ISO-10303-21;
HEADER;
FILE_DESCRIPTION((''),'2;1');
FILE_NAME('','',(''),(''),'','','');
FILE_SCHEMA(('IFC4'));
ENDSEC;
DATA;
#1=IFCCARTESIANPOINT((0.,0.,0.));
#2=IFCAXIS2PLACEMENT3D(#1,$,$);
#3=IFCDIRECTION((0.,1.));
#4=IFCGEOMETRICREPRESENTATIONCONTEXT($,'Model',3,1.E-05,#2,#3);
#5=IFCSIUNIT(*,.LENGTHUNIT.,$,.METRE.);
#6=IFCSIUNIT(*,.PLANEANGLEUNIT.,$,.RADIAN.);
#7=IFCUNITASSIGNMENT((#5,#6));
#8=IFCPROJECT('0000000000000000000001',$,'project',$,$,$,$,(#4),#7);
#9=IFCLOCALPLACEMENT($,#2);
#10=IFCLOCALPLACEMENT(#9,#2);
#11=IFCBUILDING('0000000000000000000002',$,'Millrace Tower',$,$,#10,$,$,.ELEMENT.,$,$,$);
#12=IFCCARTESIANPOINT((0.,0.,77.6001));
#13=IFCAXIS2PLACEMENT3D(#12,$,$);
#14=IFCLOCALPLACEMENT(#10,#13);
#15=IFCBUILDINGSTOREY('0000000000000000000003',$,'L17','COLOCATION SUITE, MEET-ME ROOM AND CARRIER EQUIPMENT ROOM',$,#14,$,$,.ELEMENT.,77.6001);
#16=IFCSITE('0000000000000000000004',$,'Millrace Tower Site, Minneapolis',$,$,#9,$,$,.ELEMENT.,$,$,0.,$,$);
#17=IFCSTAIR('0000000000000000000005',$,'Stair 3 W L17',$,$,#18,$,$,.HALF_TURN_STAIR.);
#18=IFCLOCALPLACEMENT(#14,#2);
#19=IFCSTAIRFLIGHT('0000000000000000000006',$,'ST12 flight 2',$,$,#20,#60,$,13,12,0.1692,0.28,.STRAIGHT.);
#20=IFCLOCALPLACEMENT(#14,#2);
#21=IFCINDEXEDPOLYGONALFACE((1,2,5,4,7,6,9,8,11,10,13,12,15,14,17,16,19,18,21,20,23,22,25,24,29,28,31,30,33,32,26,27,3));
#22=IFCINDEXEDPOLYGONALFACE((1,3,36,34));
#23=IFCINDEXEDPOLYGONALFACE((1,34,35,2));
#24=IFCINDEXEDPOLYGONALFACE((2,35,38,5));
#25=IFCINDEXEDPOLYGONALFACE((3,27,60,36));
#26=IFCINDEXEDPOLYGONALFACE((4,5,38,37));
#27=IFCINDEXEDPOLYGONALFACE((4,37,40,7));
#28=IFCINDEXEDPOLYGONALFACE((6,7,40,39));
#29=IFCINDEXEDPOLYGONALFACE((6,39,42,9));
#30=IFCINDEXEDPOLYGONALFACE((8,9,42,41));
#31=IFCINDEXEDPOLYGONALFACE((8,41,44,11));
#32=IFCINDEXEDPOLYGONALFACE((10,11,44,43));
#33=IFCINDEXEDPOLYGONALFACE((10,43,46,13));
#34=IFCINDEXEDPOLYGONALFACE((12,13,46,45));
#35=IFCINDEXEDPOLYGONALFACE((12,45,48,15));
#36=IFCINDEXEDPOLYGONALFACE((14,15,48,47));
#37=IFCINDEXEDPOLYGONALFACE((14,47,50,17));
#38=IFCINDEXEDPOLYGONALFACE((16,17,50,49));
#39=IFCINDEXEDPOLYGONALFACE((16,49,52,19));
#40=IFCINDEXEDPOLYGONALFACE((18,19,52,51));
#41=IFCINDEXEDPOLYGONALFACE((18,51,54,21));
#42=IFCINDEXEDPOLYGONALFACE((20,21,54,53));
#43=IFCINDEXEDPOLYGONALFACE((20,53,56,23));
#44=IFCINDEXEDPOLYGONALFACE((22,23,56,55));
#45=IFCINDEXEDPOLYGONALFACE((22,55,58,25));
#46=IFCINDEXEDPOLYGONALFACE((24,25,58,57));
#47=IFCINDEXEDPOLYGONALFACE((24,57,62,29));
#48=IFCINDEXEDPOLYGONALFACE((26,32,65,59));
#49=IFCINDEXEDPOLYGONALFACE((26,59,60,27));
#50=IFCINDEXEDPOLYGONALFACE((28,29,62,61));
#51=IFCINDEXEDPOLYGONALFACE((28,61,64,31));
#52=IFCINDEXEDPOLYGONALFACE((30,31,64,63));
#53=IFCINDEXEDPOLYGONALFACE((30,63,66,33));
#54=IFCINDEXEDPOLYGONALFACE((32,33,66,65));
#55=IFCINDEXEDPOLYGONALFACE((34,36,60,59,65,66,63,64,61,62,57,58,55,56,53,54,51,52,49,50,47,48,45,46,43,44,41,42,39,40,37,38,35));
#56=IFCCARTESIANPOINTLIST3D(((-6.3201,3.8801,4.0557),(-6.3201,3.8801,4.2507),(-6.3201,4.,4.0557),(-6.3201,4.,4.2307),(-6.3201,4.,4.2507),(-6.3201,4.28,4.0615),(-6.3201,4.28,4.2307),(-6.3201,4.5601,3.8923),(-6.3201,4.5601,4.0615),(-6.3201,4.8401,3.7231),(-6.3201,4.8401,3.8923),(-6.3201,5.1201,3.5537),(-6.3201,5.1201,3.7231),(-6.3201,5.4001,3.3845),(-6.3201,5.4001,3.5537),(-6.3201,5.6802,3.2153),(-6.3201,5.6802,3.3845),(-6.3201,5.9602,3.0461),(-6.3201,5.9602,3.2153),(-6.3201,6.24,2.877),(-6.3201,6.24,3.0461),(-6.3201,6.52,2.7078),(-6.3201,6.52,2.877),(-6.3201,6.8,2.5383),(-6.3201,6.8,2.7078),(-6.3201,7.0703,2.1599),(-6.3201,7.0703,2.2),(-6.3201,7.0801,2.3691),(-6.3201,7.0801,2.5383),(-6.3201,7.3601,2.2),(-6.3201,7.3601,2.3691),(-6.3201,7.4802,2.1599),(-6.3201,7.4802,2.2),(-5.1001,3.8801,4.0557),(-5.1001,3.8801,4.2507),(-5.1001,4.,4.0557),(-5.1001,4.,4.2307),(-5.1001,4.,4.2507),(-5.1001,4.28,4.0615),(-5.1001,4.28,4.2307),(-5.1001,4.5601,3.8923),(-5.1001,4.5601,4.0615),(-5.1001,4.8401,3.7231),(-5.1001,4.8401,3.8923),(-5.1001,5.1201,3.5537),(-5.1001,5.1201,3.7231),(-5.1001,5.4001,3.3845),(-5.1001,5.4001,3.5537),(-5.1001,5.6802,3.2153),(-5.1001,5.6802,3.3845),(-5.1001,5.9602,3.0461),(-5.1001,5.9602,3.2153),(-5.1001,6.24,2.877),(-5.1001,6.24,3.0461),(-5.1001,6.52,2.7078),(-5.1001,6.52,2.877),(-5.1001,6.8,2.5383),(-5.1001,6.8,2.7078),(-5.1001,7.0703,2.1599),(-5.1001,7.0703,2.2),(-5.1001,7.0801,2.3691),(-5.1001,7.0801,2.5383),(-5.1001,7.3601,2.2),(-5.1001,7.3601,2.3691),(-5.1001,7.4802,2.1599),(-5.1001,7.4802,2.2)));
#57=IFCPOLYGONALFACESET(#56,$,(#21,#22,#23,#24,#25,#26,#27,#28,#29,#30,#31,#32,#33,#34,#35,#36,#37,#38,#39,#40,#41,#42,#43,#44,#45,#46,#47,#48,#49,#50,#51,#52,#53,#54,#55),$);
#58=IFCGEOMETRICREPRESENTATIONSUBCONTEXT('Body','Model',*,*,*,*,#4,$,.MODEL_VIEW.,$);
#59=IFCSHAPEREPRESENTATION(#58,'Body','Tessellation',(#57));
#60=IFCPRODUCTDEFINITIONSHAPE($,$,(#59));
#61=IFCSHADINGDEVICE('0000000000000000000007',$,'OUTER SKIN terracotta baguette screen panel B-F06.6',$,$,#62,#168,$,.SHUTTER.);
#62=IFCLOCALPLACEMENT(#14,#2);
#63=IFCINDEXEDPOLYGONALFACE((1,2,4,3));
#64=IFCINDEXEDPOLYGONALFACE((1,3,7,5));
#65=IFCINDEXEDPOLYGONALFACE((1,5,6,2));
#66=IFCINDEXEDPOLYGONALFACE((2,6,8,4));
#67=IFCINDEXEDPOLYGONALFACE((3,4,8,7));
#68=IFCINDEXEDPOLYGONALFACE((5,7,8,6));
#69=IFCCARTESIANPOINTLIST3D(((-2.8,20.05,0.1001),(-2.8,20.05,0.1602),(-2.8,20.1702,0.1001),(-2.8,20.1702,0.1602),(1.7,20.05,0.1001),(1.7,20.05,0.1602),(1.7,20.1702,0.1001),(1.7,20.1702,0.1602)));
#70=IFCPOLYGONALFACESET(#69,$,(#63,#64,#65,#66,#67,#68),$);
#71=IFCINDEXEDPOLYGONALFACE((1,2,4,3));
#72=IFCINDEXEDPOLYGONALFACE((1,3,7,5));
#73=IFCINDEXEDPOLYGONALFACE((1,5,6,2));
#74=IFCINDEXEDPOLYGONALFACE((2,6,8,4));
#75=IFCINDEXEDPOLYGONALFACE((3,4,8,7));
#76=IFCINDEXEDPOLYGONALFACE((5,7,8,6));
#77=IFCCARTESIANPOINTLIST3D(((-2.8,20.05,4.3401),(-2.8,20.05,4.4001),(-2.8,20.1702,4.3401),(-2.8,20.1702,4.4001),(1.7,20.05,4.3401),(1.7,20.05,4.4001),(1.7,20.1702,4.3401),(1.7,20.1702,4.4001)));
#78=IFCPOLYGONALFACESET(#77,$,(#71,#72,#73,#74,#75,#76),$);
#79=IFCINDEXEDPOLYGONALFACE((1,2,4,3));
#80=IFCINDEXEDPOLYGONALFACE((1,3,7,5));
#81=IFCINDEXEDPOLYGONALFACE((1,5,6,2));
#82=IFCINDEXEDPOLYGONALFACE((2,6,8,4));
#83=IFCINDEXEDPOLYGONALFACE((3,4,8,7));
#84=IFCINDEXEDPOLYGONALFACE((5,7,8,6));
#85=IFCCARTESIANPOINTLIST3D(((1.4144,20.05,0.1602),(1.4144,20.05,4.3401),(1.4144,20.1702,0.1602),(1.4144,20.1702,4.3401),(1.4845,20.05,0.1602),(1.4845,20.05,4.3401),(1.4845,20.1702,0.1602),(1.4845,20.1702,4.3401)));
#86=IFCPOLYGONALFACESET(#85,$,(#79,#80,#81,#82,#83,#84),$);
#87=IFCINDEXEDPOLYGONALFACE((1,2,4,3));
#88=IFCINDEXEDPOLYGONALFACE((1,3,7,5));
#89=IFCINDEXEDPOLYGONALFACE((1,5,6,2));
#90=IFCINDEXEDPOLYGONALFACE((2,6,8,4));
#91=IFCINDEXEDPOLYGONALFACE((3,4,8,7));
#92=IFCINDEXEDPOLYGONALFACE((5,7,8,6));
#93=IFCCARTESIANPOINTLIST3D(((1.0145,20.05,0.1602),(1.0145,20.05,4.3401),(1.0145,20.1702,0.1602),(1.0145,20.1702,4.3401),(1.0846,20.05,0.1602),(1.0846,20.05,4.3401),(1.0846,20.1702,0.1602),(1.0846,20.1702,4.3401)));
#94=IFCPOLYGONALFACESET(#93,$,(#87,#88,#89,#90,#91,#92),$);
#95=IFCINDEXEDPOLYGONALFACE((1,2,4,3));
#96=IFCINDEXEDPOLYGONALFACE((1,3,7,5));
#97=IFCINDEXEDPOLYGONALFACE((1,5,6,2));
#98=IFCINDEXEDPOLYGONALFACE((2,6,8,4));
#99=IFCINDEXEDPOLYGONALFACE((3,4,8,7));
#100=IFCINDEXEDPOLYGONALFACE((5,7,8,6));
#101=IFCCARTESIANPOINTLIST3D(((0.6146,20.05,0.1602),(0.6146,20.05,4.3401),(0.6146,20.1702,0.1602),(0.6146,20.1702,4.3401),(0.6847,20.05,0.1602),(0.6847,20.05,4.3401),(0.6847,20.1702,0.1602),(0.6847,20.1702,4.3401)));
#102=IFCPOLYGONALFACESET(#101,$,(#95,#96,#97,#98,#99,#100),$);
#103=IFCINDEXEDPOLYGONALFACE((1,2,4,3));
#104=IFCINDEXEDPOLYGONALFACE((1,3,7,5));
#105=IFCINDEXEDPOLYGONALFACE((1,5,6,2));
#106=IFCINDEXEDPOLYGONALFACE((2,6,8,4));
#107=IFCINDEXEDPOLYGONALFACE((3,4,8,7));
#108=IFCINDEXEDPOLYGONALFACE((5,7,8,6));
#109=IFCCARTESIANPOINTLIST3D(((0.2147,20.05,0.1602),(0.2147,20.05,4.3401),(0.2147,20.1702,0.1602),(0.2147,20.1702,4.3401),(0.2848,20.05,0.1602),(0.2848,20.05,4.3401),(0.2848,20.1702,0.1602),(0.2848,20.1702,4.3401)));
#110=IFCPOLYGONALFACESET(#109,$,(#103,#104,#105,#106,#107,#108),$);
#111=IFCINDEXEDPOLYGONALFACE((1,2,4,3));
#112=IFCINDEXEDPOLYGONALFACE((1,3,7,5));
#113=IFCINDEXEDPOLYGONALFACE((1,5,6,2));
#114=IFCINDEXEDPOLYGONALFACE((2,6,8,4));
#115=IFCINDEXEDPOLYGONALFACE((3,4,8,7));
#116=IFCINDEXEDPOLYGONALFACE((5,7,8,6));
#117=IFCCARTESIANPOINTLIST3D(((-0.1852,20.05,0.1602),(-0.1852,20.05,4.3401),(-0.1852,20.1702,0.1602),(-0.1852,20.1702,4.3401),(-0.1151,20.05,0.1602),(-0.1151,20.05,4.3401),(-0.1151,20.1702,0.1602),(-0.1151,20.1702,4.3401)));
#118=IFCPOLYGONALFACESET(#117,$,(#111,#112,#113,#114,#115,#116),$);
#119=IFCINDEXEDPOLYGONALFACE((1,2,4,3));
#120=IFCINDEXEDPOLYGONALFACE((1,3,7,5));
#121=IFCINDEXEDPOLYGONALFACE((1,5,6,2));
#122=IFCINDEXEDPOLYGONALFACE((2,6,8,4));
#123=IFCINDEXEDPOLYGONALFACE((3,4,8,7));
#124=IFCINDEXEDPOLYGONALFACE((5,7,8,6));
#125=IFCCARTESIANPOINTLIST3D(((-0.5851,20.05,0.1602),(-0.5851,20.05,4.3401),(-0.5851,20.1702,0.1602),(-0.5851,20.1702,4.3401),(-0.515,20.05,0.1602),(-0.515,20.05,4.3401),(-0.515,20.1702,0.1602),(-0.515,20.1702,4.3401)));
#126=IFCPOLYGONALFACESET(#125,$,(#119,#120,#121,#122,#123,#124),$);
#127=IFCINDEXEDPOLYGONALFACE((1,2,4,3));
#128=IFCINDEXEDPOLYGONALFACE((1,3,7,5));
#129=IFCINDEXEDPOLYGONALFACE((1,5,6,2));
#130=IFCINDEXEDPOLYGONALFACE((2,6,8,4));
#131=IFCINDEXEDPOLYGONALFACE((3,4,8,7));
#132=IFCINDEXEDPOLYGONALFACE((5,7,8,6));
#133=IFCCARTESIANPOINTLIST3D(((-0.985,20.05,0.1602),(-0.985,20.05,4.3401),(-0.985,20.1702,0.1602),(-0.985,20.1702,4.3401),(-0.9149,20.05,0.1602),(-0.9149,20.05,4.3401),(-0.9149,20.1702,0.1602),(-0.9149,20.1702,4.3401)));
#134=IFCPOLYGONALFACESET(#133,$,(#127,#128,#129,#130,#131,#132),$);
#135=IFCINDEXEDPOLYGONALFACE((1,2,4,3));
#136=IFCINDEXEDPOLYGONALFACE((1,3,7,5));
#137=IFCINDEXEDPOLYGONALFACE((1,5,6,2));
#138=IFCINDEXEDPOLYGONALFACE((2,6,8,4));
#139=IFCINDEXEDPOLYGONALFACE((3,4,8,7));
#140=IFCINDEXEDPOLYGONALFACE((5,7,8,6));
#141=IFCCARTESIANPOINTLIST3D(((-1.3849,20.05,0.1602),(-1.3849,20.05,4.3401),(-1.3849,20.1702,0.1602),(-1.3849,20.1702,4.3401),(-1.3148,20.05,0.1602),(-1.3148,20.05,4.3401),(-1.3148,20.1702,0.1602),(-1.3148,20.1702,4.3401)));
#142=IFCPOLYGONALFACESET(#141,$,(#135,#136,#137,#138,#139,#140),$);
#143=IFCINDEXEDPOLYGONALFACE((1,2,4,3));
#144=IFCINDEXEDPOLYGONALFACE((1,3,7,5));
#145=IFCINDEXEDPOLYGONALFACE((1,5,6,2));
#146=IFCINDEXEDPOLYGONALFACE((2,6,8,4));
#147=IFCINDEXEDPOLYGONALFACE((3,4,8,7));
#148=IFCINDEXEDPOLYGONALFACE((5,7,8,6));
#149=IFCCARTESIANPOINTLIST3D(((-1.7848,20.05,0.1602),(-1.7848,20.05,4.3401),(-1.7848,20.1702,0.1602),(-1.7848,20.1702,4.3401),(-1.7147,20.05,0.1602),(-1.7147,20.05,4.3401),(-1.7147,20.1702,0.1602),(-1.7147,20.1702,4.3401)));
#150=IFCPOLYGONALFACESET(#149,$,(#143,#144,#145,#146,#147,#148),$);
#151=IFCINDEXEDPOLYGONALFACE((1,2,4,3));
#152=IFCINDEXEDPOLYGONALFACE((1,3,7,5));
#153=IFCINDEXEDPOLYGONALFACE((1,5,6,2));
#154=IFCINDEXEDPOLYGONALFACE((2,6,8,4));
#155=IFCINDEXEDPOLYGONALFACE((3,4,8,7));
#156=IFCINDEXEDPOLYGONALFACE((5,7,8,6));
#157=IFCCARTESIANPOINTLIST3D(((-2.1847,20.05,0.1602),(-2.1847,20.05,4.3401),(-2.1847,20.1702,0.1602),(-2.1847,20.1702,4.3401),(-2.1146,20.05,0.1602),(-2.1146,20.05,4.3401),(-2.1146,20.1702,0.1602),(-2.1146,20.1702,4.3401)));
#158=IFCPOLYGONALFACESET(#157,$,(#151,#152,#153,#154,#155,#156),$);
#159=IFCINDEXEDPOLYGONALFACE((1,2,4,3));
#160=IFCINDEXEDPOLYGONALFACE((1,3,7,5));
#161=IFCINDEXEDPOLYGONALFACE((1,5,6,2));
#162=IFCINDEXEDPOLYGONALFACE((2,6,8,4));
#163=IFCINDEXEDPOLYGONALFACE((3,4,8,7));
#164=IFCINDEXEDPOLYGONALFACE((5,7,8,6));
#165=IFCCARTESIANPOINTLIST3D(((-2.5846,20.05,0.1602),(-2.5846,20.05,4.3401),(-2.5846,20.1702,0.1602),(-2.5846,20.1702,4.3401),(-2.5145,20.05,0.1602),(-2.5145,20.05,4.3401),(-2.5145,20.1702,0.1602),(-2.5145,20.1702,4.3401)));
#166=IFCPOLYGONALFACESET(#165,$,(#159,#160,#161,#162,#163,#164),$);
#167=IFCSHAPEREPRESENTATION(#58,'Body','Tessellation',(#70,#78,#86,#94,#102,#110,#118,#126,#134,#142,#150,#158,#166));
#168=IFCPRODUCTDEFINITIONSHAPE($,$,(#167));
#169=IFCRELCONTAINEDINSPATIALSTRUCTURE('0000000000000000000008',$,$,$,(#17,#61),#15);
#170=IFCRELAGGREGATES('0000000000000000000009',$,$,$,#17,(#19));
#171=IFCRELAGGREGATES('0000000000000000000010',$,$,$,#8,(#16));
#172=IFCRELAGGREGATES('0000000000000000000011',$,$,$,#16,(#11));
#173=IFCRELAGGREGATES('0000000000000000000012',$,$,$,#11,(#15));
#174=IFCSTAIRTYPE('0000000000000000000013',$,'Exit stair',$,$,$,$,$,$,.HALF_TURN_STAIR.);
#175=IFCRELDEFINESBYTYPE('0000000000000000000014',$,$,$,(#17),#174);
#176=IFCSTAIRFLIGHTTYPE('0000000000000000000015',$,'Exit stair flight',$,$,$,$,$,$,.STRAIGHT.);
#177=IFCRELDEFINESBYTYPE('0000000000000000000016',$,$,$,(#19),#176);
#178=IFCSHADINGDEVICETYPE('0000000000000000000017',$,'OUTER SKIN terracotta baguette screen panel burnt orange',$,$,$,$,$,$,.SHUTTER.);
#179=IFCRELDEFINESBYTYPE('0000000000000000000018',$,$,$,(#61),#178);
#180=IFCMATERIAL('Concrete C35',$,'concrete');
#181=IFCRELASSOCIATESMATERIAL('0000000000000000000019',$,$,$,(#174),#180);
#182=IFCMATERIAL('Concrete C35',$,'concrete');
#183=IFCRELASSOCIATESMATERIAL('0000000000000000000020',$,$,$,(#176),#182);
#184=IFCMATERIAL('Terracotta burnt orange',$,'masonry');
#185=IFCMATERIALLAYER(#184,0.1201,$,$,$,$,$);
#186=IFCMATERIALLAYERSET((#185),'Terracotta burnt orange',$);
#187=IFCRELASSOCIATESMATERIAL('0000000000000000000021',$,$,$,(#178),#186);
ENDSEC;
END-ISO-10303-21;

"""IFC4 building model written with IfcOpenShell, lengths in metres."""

from ifc_helpers import new_model, entity, si_unit, direction, frame, frame_2d, origin, origin_2d, place, context, subcontext, project, spatial, polyline, rectangle, outline, extrude, source, transform, mapped, material, layer, layer_set, type_object, element, aggregate, save


model = new_model("IFC4")

# Units and contexts
model_context = context("Model", 3, precision=1e-05, world=origin(), true_north=direction((0.0, 1.0)))
body_context = subcontext(model_context, "Body", "Model", "MODEL_VIEW")
ifc_project = project(units=[si_unit("LENGTHUNIT", "METRE"), si_unit("PLANEANGLEUNIT", "RADIAN")], contexts=[model_context])

# Site, building, storey
site_placement = place(None, origin())
site = spatial("IfcSite", under=ifc_project, at=site_placement, Name="Millrace Tower Site, Minneapolis", CompositionType="ELEMENT", RefElevation=0.0)
building_placement = place(site_placement, origin())
building = spatial("IfcBuilding", under=site, at=building_placement, Name="Millrace Tower", CompositionType="ELEMENT")
storey_placement = place(building_placement, frame((0.0, 0.0, 77.6001)))
storey = spatial("IfcBuildingStorey", under=building, at=storey_placement, Name="L17", Description="COLOCATION SUITE, MEET-ME ROOM AND CARRIER EQUIPMENT ROOM", CompositionType="ELEMENT", Elevation=77.6001)

# Shared definitions
placement = place(storey_placement, origin())

# Shared definitions
ifc_material_1 = material(Name="Concrete C35", Category="concrete")
stair_type = type_object("IfcStairType", Name="Exit stair", PredefinedType="HALF_TURN_STAIR", material=ifc_material_1)
ifc_material_2 = material(Name="Concrete C35", Category="concrete")
stair_flight_type = type_object("IfcStairFlightType", Name="Exit stair flight", PredefinedType="STRAIGHT", material=ifc_material_2)

# Stair, stair flight
stair_1 = element("IfcStair", 1, at=placement, inside=storey, type_object=stair_type, Name="Stair 3 W L17", PredefinedType="HALF_TURN_STAIR")
stair_flight_1_placement = place(storey_placement, frame((-5.71, 7.3601, 2.2), z_axis=(0.0, 0.0, 1.0), x_axis=(0.0, -1.0, 0.0)))
stair_flight_1 = element("IfcStairFlight", 2, at=stair_flight_1_placement, type_object=stair_flight_type, Name="ST12 flight 2", NumberOfRisers=13, NumberOfTreads=12, PredefinedType="STRAIGHT", RiserHeight=0.1692, TreadLength=0.28, context=body_context, shape_type="SweptSolid", body=[
    extrude(outline(polyline([(-0.1201, -0.04), (-0.1201, 0.0), (0.0, 0.0), (0.0, 0.1692), (0.28, 0.1692), (0.28, 0.3384), (0.5601, 0.3384), (0.5601, 0.5078), (0.8401, 0.5078), (0.8401, 0.677), (1.1201, 0.677), (1.1201, 0.8462), (1.3999, 0.8462), (1.3999, 1.0154), (1.6799, 1.0154), (1.6799, 1.1846), (1.96, 1.1846), (1.96, 1.3538), (2.24, 1.3538), (2.24, 1.5232), (2.52, 1.5232), (2.52, 1.6924), (2.8, 1.6924), (2.8, 1.8616), (3.0801, 1.8616), (3.0801, 2.0308), (3.3601, 2.0308), (3.3601, 2.0508), (3.48, 2.0508), (3.48, 1.8557), (3.3601, 1.8557), (0.2898, 0.0), (0.2898, -0.04), (-0.1201, -0.04)])), frame((0.0, 0.6099, 0.0), z_axis=(0.0, -1.0, 0.0), x_axis=(1.0, 0.0, 0.0)), (0.0, 0.0, 1.0), 1.22),
])
aggregate(stair_1, [stair_flight_1])

# Shading device
ifc_material_3 = material(Name="Terracotta burnt orange", Category="masonry")
ifc_layer_1 = layer(ifc_material_3, 0.1201)
ifc_layer_set_1 = layer_set([ifc_layer_1], Name="Terracotta burnt orange")
shading_device_type = type_object("IfcShadingDeviceType", Name="OUTER SKIN terracotta baguette screen panel burnt orange", PredefinedType="SHUTTER", material=ifc_layer_set_1)
cartesian_point = entity("IfcCartesianPoint", [-2.25, 0.0601])
shared_polyline = entity("IfcPolyline", [cartesian_point, entity("IfcCartesianPoint", [2.25, 0.0601]), entity("IfcCartesianPoint", [2.25, -0.0601]), entity("IfcCartesianPoint", [-2.25, -0.0601]), cartesian_point])
shared_shape = source(origin(), body_context, "Body", "SweptSolid", [
    entity("IfcExtrudedAreaSolid", entity("IfcArbitraryClosedProfileDef", "AREA", None, shared_polyline), entity("IfcAxis2Placement3D", entity("IfcCartesianPoint", [0.0, 0.0, 0.0])), entity("IfcDirection", [0.0, 0.0, 1.0]), 0.0601),
    entity("IfcExtrudedAreaSolid", entity("IfcArbitraryClosedProfileDef", "AREA", None, shared_polyline), entity("IfcAxis2Placement3D", entity("IfcCartesianPoint", [0.0, 0.0, 4.24])), entity("IfcDirection", [0.0, 0.0, 1.0]), 0.0601),
    extrude(rectangle(XDim=0.0701, YDim=0.1201, at=frame_2d((-1.9995, 0.0))), frame((0.0, 0.0, 0.0601)), (0.0, 0.0, 1.0), 4.1799),
    extrude(rectangle(XDim=0.0701, YDim=0.1201, at=frame_2d((-1.5996, 0.0))), frame((0.0, 0.0, 0.0601)), (0.0, 0.0, 1.0), 4.1799),
    extrude(rectangle(XDim=0.0701, YDim=0.1201, at=frame_2d((-1.1997, 0.0))), frame((0.0, 0.0, 0.0601)), (0.0, 0.0, 1.0), 4.1799),
    extrude(rectangle(XDim=0.0701, YDim=0.1201, at=frame_2d((-0.7998, 0.0))), frame((0.0, 0.0, 0.0601)), (0.0, 0.0, 1.0), 4.1799),
    extrude(rectangle(XDim=0.0701, YDim=0.1201, at=frame_2d((-0.3999, 0.0))), frame((0.0, 0.0, 0.0601)), (0.0, 0.0, 1.0), 4.1799),
    extrude(rectangle(XDim=0.0701, YDim=0.1201, at=origin_2d()), frame((0.0, 0.0, 0.0601)), (0.0, 0.0, 1.0), 4.1799),
    extrude(rectangle(XDim=0.0701, YDim=0.1201, at=frame_2d((0.3999, 0.0))), frame((0.0, 0.0, 0.0601)), (0.0, 0.0, 1.0), 4.1799),
    extrude(rectangle(XDim=0.0701, YDim=0.1201, at=frame_2d((0.7998, 0.0))), frame((0.0, 0.0, 0.0601)), (0.0, 0.0, 1.0), 4.1799),
    extrude(rectangle(XDim=0.0701, YDim=0.1201, at=frame_2d((1.1997, 0.0))), frame((0.0, 0.0, 0.0601)), (0.0, 0.0, 1.0), 4.1799),
    extrude(rectangle(XDim=0.0701, YDim=0.1201, at=frame_2d((1.5996, 0.0))), frame((0.0, 0.0, 0.0601)), (0.0, 0.0, 1.0), 4.1799),
    extrude(rectangle(XDim=0.0701, YDim=0.1201, at=frame_2d((1.9995, 0.0))), frame((0.0, 0.0, 0.0601)), (0.0, 0.0, 1.0), 4.1799),
])
for number, where, z_axis, x_axis, name in (
    (3, (-0.55, 20.1101, 0.1001), (0.0, 0.0, 1.0), (-1.0, 0.0, 0.0), "OUTER SKIN terracotta baguette screen panel B-F06.6"),
):
    element("IfcShadingDevice", number, at=place(storey_placement, frame(where, z_axis=z_axis, x_axis=x_axis)), inside=storey, type_object=shading_device_type, Name=name, PredefinedType="SHUTTER", context=body_context, shape_type="MappedRepresentation", body=[
        mapped(shared_shape, transform((0.0, 0.0, 0.0), scale=1.0)),
    ])

save(model, "model.ifc")
